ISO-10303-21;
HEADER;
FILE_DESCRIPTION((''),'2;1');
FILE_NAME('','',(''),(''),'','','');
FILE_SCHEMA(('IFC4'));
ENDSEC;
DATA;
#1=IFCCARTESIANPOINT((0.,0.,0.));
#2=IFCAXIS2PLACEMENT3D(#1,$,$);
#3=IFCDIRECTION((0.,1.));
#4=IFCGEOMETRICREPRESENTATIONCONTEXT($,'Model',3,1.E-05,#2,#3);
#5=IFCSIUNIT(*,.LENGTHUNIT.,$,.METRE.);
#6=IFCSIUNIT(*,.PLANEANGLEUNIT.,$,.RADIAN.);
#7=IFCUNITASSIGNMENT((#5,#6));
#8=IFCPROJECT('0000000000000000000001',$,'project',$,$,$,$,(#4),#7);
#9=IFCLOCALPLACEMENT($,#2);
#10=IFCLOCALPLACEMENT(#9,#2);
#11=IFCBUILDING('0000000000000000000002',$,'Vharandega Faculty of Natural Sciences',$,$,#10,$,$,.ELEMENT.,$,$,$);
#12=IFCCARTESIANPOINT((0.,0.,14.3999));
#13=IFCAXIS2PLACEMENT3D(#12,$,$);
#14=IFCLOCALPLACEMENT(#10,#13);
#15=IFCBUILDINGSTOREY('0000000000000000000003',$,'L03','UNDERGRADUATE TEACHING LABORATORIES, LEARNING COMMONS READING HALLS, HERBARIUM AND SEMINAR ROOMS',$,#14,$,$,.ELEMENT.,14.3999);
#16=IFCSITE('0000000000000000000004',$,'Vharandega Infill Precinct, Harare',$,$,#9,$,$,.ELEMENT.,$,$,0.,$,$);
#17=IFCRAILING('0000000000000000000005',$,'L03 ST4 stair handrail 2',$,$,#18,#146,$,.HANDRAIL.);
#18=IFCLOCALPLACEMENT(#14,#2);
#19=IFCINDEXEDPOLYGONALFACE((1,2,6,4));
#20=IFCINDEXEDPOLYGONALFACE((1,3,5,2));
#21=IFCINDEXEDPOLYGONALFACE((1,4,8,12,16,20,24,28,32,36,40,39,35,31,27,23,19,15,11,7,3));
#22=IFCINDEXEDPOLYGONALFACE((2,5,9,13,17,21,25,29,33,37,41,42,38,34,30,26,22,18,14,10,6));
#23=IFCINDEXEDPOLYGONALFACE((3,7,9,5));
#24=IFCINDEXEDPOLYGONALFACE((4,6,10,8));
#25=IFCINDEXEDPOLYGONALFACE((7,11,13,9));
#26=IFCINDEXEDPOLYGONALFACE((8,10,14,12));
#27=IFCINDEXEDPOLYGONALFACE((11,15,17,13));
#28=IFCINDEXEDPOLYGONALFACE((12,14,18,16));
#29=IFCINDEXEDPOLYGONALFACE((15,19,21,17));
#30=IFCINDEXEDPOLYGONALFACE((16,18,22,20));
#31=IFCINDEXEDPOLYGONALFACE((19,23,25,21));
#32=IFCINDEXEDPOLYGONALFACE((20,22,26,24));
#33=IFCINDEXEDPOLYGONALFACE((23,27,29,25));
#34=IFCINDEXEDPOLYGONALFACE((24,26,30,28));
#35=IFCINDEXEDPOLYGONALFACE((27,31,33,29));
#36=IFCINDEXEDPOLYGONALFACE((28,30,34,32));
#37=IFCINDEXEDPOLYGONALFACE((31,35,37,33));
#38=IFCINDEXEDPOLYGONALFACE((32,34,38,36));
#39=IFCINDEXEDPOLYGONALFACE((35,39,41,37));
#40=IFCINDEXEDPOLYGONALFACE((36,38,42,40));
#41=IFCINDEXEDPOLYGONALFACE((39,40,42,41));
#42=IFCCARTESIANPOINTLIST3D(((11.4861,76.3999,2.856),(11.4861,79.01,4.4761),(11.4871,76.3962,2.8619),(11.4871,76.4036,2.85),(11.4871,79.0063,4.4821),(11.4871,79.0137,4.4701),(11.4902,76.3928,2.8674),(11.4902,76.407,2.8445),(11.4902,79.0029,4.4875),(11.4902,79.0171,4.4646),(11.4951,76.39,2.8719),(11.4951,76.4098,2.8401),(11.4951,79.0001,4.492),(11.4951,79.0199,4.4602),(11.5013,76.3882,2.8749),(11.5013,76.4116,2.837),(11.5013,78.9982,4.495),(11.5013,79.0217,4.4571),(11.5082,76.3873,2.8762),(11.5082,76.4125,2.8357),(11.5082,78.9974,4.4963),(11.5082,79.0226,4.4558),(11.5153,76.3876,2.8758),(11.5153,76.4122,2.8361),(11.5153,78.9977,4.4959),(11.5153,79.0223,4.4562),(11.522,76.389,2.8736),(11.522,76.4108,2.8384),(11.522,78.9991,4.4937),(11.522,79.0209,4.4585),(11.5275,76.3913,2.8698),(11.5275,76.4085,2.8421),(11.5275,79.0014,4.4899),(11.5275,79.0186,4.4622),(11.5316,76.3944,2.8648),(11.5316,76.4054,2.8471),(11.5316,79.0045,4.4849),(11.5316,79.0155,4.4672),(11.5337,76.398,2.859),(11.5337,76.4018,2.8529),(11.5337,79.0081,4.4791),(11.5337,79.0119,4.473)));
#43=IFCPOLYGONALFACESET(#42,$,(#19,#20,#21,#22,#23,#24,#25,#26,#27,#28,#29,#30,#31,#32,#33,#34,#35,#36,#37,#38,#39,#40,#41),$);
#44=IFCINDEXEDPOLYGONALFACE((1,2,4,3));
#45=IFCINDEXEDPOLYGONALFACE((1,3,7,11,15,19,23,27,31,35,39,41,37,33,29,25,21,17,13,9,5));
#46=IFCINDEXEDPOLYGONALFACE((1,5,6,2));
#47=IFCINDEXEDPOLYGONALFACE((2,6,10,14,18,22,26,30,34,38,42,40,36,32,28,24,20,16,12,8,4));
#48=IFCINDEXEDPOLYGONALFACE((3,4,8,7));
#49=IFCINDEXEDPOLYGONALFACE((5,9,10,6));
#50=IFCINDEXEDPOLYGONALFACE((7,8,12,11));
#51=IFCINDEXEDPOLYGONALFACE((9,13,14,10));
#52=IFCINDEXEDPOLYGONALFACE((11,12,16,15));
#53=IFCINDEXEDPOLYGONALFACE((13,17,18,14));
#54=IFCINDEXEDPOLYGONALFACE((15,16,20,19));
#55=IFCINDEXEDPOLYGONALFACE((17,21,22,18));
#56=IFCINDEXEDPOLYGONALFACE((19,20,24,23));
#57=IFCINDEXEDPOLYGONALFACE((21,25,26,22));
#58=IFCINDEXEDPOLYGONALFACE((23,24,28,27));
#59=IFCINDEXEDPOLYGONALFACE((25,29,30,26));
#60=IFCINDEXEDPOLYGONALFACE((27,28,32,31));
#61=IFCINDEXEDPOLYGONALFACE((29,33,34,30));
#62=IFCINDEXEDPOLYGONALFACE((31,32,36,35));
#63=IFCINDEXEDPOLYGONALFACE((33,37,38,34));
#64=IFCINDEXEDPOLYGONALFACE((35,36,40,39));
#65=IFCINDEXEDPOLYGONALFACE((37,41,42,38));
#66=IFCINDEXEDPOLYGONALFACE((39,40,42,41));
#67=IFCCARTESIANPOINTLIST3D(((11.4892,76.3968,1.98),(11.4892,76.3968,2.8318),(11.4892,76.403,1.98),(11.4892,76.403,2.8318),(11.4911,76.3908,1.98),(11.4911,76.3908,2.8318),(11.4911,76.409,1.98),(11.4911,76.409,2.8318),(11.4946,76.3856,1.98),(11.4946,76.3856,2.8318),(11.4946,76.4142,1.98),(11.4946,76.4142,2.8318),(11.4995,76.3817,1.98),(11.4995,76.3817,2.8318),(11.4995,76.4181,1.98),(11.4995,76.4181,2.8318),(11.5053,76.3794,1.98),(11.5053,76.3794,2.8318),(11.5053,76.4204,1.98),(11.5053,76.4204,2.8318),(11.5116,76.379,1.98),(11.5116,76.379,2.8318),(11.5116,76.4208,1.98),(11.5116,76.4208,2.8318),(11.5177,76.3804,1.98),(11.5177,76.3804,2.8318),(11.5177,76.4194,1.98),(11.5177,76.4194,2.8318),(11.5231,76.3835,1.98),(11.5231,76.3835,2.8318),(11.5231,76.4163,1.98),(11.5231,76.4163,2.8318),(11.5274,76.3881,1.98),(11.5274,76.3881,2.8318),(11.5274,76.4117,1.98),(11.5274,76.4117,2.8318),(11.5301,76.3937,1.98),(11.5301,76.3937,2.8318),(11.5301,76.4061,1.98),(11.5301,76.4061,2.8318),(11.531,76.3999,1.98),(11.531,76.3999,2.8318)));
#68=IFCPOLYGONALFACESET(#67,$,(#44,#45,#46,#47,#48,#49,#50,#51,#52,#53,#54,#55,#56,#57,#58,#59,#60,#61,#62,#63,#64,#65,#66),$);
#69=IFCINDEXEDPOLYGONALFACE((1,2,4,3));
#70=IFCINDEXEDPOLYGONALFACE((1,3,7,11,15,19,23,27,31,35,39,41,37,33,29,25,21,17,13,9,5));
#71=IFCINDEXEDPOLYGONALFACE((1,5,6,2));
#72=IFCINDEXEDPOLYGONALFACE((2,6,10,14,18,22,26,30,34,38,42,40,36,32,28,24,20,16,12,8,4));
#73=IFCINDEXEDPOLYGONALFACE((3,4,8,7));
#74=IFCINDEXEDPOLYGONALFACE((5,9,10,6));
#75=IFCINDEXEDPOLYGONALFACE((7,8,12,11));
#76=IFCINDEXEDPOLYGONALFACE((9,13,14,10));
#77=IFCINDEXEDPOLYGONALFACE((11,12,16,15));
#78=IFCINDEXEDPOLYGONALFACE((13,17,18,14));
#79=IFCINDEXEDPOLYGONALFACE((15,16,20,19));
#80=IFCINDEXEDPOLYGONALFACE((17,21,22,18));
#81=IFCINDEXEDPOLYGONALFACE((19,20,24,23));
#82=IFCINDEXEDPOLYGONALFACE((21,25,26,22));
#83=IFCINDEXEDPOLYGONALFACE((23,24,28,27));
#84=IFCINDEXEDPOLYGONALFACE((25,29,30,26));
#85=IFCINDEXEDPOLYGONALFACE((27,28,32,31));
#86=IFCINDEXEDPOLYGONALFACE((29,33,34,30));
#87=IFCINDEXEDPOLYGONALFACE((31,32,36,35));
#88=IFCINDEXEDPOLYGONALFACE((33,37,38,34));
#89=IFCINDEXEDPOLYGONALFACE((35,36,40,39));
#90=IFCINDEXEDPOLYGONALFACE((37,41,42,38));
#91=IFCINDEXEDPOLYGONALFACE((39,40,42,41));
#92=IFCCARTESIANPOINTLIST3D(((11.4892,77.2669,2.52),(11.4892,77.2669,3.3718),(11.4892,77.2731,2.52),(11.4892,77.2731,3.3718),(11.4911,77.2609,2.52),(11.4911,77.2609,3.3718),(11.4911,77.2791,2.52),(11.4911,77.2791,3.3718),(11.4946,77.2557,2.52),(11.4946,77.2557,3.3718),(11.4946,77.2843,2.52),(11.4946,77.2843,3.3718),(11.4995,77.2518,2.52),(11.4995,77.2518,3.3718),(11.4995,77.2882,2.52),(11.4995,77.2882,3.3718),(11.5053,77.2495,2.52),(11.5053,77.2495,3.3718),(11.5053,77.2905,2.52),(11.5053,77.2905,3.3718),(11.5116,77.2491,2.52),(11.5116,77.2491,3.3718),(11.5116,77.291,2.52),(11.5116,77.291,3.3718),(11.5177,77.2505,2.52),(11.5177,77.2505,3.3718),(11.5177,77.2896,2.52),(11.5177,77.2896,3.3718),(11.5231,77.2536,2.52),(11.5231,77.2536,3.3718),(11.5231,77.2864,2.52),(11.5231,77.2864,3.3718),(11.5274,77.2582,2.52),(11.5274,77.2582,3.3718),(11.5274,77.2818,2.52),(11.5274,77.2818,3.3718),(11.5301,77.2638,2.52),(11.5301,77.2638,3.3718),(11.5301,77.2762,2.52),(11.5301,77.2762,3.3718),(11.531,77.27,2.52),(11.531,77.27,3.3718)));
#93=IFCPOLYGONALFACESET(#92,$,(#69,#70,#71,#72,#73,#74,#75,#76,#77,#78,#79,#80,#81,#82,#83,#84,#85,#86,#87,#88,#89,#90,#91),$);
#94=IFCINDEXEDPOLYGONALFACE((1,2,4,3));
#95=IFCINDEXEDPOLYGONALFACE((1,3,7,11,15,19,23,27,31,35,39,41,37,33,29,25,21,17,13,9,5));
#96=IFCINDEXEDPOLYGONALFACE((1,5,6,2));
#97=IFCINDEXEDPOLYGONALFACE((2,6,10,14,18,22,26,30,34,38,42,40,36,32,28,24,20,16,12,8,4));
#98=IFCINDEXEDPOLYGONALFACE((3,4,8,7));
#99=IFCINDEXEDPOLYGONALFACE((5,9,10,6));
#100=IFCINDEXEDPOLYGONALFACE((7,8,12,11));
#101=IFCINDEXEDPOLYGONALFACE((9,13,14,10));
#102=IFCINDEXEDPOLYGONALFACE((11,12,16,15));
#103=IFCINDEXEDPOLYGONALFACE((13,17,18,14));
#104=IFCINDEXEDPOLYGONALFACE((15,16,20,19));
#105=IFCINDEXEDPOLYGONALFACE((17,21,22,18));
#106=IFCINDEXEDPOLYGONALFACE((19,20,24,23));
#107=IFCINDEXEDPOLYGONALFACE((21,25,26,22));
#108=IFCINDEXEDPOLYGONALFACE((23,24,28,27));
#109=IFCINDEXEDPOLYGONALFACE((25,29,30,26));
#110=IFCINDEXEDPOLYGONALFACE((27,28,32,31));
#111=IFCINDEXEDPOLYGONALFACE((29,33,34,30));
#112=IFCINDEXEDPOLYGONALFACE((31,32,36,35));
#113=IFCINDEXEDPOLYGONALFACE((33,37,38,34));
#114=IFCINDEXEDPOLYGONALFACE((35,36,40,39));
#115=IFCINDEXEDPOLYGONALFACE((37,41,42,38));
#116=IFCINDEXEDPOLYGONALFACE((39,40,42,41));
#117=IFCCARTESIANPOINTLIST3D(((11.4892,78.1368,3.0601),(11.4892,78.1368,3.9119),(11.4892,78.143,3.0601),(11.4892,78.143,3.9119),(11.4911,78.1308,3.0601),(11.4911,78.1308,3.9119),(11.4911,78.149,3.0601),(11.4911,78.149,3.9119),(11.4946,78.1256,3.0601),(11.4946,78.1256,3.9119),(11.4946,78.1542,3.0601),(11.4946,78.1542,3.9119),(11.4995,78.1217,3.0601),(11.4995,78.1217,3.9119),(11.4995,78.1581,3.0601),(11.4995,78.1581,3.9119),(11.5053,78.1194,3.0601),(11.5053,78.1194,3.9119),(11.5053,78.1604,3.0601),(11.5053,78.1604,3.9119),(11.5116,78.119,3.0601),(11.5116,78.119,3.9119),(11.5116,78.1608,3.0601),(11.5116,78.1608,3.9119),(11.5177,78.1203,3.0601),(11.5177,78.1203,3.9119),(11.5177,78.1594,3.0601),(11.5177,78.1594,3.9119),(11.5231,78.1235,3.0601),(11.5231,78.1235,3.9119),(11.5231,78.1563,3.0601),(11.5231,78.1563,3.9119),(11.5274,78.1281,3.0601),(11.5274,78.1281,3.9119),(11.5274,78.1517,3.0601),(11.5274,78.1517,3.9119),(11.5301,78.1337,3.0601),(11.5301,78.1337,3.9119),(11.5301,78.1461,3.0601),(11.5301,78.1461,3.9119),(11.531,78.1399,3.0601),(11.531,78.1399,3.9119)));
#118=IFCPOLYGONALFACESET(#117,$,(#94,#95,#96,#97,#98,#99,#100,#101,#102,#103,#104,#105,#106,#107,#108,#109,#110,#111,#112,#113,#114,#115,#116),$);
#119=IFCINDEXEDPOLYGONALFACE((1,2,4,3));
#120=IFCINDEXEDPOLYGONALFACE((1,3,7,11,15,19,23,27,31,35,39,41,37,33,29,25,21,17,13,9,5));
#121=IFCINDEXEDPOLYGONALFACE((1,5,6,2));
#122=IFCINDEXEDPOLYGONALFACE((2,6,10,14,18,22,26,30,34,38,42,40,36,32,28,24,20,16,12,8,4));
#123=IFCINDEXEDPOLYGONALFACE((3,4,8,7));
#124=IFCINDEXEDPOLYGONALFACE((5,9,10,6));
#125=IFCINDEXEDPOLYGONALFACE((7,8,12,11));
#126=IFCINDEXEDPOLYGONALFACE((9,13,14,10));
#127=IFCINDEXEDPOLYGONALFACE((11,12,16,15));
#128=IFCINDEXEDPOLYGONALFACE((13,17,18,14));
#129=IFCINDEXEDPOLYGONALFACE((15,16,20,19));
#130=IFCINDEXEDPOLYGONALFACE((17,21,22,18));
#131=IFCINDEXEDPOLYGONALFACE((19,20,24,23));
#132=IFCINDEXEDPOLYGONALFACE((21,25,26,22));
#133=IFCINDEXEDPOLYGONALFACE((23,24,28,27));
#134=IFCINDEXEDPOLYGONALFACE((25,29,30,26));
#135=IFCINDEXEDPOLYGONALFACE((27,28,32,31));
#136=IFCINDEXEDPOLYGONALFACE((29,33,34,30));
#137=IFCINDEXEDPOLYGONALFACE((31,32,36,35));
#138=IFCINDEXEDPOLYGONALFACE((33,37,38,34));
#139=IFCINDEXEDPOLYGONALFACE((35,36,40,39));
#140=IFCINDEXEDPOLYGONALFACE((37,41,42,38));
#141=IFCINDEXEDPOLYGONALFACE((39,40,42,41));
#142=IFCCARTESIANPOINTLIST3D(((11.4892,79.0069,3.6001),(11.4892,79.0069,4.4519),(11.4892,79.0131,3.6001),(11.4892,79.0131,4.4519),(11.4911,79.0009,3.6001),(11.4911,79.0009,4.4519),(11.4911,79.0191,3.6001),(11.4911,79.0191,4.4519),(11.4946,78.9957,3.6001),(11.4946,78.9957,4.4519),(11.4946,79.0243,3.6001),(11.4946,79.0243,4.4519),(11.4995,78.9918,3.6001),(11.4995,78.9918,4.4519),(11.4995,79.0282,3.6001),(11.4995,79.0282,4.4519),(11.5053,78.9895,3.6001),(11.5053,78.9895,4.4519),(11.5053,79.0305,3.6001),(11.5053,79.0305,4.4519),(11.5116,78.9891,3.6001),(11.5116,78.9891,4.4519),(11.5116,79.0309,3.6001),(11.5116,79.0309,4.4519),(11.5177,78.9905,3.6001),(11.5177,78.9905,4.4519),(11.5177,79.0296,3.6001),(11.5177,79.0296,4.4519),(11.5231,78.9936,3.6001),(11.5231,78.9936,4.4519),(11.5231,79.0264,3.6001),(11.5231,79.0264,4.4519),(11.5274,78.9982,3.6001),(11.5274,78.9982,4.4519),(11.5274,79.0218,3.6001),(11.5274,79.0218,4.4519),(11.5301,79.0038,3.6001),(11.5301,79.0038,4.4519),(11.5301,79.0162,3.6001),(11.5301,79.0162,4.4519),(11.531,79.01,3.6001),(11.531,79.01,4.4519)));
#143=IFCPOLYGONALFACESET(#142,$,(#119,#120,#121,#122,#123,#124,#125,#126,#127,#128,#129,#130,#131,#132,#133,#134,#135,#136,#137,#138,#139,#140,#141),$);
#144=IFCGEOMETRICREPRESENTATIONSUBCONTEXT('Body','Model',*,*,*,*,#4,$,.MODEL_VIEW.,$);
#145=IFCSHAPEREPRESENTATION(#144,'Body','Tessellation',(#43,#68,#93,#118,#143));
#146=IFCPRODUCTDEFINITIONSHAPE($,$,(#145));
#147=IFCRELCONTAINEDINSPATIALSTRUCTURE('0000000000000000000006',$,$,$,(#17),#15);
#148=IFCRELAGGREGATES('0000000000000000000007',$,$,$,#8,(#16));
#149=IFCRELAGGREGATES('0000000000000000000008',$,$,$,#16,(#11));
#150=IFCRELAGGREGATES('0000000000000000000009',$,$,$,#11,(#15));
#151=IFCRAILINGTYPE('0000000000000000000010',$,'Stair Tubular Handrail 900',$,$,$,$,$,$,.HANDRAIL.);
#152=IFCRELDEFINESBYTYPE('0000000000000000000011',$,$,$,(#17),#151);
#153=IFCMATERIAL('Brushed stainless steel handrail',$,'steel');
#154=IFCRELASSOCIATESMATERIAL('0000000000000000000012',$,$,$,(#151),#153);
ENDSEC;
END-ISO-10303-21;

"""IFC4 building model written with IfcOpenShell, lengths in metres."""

from ifc_helpers import new_model, si_unit, direction, frame, origin, origin_2d, place, context, subcontext, project, spatial, circle, extrude, material, type_object, element, save


model = new_model("IFC4")

# Units and contexts
model_context = context("Model", 3, precision=1e-05, world=origin(), true_north=direction((0.0, 1.0)))
body_context = subcontext(model_context, "Body", "Model", "MODEL_VIEW")
ifc_project = project(units=[si_unit("LENGTHUNIT", "METRE"), si_unit("PLANEANGLEUNIT", "RADIAN")], contexts=[model_context])

# Site, building, storey
site_placement = place(None, origin())
site = spatial("IfcSite", under=ifc_project, at=site_placement, Name="Vharandega Infill Precinct, Harare", CompositionType="ELEMENT", RefElevation=0.0)
building_placement = place(site_placement, origin())
building = spatial("IfcBuilding", under=site, at=building_placement, Name="Vharandega Faculty of Natural Sciences", CompositionType="ELEMENT")
storey_placement = place(building_placement, frame((0.0, 0.0, 14.3999)))
storey = spatial("IfcBuildingStorey", under=building, at=storey_placement, Name="L03", Description="UNDERGRADUATE TEACHING LABORATORIES, LEARNING COMMONS READING HALLS, HERBARIUM AND SEMINAR ROOMS", CompositionType="ELEMENT", Elevation=14.3999)

# Railing
ifc_material_1 = material(Name="Brushed stainless steel handrail", Category="steel")
railing_type_1 = type_object("IfcRailingType", Name="Stair Tubular Handrail 900", PredefinedType="HANDRAIL", material=ifc_material_1)
railing_1_placement = place(storey_placement, frame((11.51, 76.3999, 1.98)))
element("IfcRailing", 1, at=railing_1_placement, inside=storey, type_object=railing_type_1, Name="L03 ST4 stair handrail 2", PredefinedType="HANDRAIL", context=body_context, shape_type="SweptSolid", body=[
    extrude(circle(Radius=0.0239, at=origin_2d()), frame((0.0, 0.0, 0.876), z_axis=(0.0, 0.849633, 0.527375), x_axis=(-1.0, 0.0, 0.0)), (0.0, 0.0, 1.0), 3.072),
    extrude(circle(Radius=0.021, at=origin_2d()), origin(), (0.0, 0.0, 1.0), 0.8518),
    extrude(circle(Radius=0.021, at=origin_2d()), frame((0.0, 0.8701, 0.54)), (0.0, 0.0, 1.0), 0.8518),
    extrude(circle(Radius=0.021, at=origin_2d()), frame((0.0, 1.74, 1.0801)), (0.0, 0.0, 1.0), 0.8518),
    extrude(circle(Radius=0.021, at=origin_2d()), frame((0.0, 2.6101, 1.6201)), (0.0, 0.0, 1.0), 0.8518),
])

save(model, "model.ifc")
